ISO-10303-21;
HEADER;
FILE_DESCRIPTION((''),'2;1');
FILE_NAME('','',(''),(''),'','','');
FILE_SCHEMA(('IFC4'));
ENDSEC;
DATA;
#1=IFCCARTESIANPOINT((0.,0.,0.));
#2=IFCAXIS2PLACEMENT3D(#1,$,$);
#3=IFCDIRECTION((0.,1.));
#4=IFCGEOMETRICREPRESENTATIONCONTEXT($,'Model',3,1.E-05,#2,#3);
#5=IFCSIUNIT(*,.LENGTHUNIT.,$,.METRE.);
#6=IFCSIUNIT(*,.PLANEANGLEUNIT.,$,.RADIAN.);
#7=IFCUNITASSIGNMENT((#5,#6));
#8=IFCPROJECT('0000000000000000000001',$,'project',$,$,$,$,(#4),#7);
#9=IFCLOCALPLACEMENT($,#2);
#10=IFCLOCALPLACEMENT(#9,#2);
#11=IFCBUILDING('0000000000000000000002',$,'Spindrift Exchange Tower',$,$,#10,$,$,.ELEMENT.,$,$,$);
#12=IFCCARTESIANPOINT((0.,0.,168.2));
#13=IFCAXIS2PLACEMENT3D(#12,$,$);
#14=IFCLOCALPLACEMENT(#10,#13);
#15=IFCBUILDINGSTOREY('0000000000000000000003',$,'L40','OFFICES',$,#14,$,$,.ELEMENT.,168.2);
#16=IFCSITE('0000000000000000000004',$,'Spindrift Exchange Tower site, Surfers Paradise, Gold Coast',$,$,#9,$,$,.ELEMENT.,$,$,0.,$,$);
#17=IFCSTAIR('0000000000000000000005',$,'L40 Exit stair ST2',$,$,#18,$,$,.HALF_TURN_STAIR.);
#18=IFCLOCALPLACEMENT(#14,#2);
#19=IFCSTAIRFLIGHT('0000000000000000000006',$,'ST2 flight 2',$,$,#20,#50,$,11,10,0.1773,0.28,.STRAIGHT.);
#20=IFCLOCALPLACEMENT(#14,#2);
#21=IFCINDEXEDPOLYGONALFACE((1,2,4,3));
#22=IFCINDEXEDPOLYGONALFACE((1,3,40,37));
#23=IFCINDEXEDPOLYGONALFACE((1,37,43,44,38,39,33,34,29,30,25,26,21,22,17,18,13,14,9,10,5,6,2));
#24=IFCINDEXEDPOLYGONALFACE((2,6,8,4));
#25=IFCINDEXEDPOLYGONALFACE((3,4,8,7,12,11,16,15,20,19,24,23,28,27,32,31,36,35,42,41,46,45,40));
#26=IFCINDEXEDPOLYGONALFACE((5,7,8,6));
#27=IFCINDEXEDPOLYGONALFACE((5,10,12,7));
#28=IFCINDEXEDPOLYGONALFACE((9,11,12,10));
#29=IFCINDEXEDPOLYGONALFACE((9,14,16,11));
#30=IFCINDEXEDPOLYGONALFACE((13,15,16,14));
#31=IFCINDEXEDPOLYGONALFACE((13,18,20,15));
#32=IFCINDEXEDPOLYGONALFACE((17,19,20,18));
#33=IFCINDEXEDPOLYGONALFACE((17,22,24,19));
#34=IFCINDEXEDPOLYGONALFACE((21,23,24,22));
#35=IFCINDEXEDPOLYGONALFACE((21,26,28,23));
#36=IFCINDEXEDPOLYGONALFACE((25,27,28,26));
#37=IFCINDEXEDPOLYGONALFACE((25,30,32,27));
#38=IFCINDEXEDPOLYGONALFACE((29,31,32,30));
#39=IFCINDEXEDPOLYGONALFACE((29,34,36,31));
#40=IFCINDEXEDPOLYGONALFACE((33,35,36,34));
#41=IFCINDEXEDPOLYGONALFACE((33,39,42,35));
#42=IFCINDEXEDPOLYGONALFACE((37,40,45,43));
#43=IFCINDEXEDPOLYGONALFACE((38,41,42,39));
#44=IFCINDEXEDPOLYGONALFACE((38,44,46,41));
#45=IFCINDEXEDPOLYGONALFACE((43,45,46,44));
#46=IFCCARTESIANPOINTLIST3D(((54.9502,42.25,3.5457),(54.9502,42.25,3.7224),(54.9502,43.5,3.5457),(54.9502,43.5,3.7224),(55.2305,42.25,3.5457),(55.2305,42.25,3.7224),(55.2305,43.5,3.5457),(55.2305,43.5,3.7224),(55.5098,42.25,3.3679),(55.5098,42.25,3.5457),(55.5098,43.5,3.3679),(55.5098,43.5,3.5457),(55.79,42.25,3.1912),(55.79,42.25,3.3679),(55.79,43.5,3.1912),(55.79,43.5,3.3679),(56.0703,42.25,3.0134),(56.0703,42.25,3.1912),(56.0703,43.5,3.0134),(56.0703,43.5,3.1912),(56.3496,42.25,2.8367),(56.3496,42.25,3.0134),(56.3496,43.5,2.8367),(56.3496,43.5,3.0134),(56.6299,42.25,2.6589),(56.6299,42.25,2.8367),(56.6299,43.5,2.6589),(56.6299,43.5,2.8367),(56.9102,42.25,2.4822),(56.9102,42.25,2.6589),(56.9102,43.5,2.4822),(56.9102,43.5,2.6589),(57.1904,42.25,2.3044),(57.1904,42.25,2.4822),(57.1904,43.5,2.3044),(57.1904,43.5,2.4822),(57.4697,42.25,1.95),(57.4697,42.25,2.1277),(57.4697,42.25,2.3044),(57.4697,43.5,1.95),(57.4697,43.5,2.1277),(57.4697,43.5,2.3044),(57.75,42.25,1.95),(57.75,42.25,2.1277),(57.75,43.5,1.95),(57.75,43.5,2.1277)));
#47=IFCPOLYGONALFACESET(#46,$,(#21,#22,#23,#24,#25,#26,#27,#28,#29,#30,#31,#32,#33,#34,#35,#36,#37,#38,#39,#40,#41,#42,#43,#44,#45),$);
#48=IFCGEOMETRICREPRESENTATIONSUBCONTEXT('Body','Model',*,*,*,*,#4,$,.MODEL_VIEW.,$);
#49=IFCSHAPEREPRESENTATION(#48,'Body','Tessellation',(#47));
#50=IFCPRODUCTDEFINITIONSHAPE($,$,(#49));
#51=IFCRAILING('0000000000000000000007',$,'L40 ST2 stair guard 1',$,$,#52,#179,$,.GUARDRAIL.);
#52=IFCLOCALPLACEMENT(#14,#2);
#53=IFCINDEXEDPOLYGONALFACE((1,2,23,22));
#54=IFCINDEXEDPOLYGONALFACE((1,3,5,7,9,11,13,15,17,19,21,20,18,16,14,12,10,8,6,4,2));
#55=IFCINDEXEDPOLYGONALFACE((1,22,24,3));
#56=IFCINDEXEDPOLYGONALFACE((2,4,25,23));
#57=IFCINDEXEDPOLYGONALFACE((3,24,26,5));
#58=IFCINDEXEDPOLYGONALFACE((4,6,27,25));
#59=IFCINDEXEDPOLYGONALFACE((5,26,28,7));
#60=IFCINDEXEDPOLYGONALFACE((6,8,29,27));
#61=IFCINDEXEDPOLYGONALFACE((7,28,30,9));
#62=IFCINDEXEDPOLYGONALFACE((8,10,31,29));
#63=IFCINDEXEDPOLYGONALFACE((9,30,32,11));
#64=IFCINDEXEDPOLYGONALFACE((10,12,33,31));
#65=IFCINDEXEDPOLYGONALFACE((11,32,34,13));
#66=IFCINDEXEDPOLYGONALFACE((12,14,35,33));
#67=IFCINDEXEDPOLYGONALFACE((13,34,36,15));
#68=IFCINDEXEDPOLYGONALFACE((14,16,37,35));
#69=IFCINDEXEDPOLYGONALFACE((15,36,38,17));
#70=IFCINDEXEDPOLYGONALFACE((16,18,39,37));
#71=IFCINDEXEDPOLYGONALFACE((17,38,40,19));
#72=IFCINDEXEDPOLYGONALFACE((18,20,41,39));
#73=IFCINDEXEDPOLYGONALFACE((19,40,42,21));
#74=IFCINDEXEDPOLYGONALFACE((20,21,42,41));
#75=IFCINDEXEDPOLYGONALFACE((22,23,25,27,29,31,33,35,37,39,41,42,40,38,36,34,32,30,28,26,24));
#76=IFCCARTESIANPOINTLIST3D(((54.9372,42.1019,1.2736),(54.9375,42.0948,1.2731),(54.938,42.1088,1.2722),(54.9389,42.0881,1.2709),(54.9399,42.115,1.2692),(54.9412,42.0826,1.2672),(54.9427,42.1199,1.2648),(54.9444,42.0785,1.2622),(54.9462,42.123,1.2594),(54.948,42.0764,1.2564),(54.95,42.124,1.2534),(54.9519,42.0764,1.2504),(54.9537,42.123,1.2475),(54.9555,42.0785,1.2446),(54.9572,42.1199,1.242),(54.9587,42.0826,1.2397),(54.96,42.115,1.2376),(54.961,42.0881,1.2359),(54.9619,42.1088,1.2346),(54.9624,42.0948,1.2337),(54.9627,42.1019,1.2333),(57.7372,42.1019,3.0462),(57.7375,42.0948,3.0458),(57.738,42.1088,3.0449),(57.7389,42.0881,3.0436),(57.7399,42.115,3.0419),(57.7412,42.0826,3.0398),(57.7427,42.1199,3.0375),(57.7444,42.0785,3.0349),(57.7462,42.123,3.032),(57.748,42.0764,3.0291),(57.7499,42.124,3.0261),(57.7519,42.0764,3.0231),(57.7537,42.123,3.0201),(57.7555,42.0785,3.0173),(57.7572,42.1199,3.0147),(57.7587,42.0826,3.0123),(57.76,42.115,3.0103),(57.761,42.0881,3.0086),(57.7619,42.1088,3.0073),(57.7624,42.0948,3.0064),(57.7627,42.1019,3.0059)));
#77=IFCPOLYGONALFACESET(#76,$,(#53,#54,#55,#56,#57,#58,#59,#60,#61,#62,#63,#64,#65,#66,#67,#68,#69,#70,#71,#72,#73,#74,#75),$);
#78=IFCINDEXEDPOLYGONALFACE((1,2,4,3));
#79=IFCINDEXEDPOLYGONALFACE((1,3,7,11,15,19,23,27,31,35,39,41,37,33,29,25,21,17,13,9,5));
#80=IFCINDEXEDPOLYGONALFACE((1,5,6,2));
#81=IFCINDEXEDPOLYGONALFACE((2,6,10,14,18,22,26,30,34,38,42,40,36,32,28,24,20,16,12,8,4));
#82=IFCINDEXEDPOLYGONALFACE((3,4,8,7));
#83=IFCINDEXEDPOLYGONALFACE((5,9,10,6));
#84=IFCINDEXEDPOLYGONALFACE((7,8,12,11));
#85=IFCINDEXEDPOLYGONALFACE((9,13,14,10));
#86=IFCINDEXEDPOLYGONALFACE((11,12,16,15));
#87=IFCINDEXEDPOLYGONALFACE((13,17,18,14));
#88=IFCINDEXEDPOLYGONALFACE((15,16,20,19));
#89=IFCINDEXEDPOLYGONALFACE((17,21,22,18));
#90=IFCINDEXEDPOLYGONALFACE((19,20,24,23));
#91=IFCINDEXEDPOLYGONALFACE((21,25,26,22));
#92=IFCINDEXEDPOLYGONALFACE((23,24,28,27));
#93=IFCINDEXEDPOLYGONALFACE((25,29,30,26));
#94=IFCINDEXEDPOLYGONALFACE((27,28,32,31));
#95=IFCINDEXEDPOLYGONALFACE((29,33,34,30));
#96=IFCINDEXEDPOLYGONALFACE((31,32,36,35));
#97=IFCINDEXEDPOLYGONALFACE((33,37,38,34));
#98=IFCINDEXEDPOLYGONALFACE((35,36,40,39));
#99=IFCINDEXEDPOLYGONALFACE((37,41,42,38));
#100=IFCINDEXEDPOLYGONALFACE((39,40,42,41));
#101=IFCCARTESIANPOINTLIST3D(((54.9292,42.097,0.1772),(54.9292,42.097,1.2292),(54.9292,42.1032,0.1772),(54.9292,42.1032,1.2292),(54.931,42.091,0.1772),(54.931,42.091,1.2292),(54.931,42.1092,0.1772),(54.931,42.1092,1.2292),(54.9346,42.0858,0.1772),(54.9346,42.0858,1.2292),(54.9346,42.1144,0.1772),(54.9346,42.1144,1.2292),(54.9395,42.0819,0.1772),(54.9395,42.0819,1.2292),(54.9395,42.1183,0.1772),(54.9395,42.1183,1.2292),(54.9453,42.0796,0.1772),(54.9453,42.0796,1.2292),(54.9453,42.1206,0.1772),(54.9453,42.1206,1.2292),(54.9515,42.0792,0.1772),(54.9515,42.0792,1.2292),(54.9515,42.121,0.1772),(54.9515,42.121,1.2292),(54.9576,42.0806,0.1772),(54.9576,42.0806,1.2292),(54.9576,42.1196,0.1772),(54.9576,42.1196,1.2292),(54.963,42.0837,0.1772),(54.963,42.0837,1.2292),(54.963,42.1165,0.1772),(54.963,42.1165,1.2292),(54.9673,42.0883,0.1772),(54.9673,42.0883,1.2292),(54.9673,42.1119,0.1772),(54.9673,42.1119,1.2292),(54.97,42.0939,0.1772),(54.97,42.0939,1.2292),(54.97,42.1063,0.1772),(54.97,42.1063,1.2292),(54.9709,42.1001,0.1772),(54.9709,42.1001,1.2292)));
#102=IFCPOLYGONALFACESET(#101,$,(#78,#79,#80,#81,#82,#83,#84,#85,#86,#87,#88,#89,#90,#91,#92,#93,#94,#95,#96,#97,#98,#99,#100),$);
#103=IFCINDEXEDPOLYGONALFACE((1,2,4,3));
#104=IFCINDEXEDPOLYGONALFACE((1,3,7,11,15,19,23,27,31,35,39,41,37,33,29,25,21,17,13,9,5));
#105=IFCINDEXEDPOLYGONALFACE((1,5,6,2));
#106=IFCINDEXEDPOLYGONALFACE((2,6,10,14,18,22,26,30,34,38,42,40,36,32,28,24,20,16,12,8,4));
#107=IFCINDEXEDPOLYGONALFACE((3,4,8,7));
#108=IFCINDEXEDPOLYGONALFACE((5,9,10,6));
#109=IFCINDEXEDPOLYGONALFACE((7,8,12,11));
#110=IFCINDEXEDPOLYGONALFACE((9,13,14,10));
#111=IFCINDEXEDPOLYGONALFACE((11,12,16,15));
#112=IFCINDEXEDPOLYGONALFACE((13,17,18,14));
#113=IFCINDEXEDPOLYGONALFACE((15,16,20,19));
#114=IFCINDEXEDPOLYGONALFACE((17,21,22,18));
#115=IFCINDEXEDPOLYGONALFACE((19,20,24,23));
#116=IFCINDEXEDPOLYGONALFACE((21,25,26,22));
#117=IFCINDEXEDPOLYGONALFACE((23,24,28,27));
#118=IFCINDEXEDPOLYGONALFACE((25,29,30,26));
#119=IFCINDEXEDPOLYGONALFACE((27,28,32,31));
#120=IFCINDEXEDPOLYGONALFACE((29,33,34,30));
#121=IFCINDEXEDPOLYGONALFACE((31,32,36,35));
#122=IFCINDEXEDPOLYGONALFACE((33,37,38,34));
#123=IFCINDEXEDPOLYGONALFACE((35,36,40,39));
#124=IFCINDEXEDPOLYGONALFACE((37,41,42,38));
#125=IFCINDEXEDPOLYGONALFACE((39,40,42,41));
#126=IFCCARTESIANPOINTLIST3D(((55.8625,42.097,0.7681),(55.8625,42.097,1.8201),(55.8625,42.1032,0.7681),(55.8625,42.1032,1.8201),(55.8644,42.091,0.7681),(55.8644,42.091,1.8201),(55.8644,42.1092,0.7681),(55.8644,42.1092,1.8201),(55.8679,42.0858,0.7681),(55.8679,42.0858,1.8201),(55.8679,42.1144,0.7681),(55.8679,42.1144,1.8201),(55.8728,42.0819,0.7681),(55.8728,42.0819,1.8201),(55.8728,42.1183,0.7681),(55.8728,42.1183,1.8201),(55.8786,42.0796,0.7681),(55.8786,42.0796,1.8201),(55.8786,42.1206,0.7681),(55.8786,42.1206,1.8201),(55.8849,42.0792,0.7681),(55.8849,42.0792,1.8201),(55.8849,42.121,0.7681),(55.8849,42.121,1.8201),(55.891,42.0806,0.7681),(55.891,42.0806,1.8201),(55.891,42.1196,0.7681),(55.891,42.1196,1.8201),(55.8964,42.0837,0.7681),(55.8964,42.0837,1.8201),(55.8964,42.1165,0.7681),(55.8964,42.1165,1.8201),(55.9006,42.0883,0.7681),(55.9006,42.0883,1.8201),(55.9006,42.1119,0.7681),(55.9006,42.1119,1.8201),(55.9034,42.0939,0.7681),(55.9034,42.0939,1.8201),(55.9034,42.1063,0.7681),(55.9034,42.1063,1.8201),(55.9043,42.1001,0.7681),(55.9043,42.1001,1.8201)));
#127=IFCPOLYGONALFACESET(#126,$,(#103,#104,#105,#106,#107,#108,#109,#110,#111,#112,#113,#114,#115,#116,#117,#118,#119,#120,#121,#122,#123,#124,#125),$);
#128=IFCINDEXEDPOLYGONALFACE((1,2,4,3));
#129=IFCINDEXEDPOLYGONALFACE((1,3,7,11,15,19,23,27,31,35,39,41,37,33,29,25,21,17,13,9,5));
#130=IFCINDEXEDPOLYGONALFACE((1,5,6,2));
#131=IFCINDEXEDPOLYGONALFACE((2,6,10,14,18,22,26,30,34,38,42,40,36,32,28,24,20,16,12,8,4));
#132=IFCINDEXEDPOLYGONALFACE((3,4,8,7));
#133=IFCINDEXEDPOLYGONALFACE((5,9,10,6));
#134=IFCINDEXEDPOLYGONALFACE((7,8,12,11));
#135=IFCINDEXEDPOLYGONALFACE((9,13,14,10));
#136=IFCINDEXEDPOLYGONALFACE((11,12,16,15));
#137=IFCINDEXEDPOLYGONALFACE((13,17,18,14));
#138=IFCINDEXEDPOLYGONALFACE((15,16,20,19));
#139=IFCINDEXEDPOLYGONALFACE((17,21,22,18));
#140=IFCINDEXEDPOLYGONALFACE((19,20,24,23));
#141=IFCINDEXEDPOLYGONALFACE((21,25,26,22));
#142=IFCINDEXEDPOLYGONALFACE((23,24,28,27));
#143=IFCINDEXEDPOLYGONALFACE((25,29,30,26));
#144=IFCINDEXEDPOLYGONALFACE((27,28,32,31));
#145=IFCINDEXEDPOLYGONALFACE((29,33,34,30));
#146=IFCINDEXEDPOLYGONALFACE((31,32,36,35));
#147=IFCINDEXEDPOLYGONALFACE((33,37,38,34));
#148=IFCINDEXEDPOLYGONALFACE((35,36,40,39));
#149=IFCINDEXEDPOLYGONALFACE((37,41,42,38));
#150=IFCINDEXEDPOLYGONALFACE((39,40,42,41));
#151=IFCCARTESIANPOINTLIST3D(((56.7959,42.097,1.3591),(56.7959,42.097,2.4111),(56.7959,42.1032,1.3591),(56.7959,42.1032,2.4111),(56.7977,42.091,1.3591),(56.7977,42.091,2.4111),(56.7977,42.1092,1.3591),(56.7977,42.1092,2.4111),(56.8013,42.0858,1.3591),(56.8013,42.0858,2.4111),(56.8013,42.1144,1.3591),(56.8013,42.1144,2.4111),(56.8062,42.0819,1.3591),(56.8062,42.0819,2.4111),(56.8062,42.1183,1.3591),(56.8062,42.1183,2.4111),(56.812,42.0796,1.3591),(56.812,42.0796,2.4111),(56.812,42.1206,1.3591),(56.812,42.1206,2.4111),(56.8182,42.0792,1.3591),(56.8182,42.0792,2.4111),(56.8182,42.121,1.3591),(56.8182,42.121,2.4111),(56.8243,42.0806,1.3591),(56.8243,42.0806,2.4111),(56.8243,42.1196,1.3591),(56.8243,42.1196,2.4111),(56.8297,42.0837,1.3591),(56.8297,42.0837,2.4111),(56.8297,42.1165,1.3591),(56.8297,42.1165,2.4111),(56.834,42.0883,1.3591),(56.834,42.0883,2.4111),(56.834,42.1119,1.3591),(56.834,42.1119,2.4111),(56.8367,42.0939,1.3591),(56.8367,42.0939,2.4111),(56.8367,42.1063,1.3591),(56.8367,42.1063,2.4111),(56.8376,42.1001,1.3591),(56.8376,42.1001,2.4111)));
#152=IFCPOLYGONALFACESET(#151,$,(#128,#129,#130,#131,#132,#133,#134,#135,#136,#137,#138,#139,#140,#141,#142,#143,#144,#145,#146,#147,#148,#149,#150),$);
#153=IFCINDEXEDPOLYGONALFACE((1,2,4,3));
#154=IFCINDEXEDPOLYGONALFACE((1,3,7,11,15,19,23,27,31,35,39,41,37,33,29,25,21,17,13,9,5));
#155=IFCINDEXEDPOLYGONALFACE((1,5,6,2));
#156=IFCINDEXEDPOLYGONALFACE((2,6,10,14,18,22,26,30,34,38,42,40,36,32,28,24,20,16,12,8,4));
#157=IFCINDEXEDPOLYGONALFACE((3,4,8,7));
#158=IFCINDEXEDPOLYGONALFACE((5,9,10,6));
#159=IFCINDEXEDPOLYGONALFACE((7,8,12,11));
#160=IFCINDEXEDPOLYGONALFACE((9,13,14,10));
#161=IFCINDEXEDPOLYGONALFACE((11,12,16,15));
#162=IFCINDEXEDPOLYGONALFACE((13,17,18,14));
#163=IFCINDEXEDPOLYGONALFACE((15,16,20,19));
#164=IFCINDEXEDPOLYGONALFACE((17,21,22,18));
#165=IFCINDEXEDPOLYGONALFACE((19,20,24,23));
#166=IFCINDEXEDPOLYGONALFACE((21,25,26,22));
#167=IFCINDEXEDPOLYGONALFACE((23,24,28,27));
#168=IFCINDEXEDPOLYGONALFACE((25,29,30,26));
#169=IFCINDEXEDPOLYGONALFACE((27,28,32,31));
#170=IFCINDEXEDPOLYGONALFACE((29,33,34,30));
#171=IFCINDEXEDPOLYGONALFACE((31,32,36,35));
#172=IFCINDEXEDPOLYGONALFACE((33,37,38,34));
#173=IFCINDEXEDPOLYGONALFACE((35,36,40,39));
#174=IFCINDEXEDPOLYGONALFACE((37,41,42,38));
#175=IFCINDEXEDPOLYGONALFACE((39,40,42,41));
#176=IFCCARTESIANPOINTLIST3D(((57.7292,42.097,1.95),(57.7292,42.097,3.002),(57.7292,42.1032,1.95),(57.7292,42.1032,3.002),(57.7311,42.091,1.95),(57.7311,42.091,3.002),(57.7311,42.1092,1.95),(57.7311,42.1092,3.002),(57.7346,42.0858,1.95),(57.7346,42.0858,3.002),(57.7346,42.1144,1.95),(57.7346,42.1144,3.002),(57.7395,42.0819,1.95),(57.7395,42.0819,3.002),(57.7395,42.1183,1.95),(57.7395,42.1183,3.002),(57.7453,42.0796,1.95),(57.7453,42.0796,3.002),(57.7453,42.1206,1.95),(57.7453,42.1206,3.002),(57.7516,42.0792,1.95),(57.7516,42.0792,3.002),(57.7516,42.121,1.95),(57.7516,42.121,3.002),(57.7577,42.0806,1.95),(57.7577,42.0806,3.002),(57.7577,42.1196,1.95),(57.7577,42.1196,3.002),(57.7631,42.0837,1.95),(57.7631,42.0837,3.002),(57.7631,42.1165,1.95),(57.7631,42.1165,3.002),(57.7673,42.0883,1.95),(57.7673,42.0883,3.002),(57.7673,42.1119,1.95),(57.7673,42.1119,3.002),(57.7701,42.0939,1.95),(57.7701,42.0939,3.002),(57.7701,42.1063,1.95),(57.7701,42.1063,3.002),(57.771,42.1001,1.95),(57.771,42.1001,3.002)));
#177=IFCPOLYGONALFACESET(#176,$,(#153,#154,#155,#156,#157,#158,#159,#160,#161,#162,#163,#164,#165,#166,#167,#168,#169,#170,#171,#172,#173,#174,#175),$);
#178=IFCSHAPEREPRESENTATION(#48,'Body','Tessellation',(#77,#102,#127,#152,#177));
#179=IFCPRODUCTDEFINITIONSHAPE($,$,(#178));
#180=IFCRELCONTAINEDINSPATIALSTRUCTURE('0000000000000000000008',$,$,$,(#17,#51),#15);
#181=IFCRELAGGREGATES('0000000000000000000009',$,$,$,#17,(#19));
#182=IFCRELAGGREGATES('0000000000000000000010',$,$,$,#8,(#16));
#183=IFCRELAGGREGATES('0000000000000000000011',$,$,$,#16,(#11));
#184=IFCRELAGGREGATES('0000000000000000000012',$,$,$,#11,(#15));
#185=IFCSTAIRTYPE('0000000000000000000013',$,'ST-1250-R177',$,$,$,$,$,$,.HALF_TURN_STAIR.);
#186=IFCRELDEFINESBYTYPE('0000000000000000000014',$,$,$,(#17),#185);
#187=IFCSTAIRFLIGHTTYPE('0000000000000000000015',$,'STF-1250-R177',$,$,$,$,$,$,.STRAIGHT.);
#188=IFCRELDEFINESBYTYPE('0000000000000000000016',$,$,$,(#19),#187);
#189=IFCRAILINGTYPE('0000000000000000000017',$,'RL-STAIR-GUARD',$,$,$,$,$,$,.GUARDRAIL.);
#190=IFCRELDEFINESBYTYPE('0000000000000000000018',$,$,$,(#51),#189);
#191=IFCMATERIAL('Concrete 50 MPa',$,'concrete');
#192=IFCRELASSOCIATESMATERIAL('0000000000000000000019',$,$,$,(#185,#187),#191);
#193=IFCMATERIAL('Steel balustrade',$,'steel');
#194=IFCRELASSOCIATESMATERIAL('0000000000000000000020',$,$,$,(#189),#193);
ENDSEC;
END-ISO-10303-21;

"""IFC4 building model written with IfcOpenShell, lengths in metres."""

from ifc_helpers import new_model, si_unit, direction, frame, origin, origin_2d, place, context, subcontext, project, spatial, line, indexed_curve, circle, outline, extrude, material, type_object, element, aggregate, save


model = new_model("IFC4")

# Units and contexts
model_context = context("Model", 3, precision=1e-05, world=origin(), true_north=direction((0.0, 1.0)))
body_context = subcontext(model_context, "Body", "Model", "MODEL_VIEW")
ifc_project = project(units=[si_unit("LENGTHUNIT", "METRE"), si_unit("PLANEANGLEUNIT", "RADIAN")], contexts=[model_context])

# Site, building, storey
site_placement = place(None, origin())
site = spatial("IfcSite", under=ifc_project, at=site_placement, Name="Spindrift Exchange Tower site, Surfers Paradise, Gold Coast", CompositionType="ELEMENT", RefElevation=0.0)
building_placement = place(site_placement, origin())
building = spatial("IfcBuilding", under=site, at=building_placement, Name="Spindrift Exchange Tower", CompositionType="ELEMENT")
storey_placement = place(building_placement, frame((0.0, 0.0, 168.2)))
storey = spatial("IfcBuildingStorey", under=building, at=storey_placement, Name="L40", Description="OFFICES", CompositionType="ELEMENT", Elevation=168.2)

# Stair, stair flight
ifc_material_1 = material(Name="Concrete 50 MPa", Category="concrete")
stair_type = type_object("IfcStairType", Name="ST-1250-R177", PredefinedType="HALF_TURN_STAIR", material=ifc_material_1)
stair_placement = place(storey_placement, origin())
stair = element("IfcStair", 1, at=stair_placement, inside=storey, type_object=stair_type, Name="L40 Exit stair ST2", PredefinedType="HALF_TURN_STAIR")
stair_flight_type = type_object("IfcStairFlightType", Name="STF-1250-R177", PredefinedType="STRAIGHT", material=ifc_material_1)
stair_flight_1_placement = place(storey_placement, frame((57.75, 42.875, 1.95), z_axis=(0.0, 0.0, 1.0), x_axis=(-1.0, 0.0, 0.0)))
stair_flight_1 = element("IfcStairFlight", 2, at=stair_flight_1_placement, type_object=stair_flight_type, Name="ST2 flight 2", NumberOfRisers=11, NumberOfTreads=10, PredefinedType="STRAIGHT", RiserHeight=0.1773, TreadLength=0.28, context=body_context, shape_type="SweptSolid", body=[
    extrude(outline(indexed_curve([(0.0, 0.0), (0.0, 0.1777), (0.2803, 0.1777), (0.2803, 0.3545), (0.5596, 0.3545), (0.5596, 0.5322), (0.8398, 0.5322), (0.8398, 0.709), (1.1201, 0.709), (1.1201, 0.8867), (1.4004, 0.8867), (1.4004, 1.0635), (1.6797, 1.0635), (1.6797, 1.2412), (1.96, 1.2412), (1.96, 1.418), (2.2402, 1.418), (2.2402, 1.5957), (2.5195, 1.5957), (2.5195, 1.7725), (2.7998, 1.7725), (2.7998, 1.9502), (2.7998, 1.5957), (0.2803, 0.0)], segments=[line(1, 2, 3, 4, 5, 6, 7, 8, 9, 10, 11, 12, 13, 14, 15, 16, 17, 18, 19, 20, 21, 22, 23, 24, 1)], self_intersect=False)), frame((0.0, 0.625, 0.0), z_axis=(0.0, -1.0, 0.0), x_axis=(1.0, 0.0, 0.0)), (0.0, 0.0, 1.0), 1.25),
])
aggregate(stair, [stair_flight_1])

# Railing
ifc_material_2 = material(Name="Steel balustrade", Category="steel")
railing_type_1 = type_object("IfcRailingType", Name="RL-STAIR-GUARD", PredefinedType="GUARDRAIL", material=ifc_material_2)
railing_1_placement = place(storey_placement, frame((54.95, 42.1001, 0.1772)))
element("IfcRailing", 3, at=railing_1_placement, inside=storey, type_object=railing_type_1, Name="L40 ST2 stair guard 1", PredefinedType="GUARDRAIL", context=body_context, shape_type="SweptSolid", body=[
    extrude(circle(Radius=0.0239, at=origin_2d()), frame((0.0, 0.0, 1.0762), z_axis=(0.844909, 0.0, 0.53491), x_axis=(0.0, 1.0, 0.0)), (0.0, 0.0, 1.0), 3.314),
    extrude(circle(Radius=0.021, at=origin_2d()), origin(), (0.0, 0.0, 1.0), 1.052),
    extrude(circle(Radius=0.021, at=origin_2d()), frame((0.9333, 0.0, 0.5908)), (0.0, 0.0, 1.0), 1.052),
    extrude(circle(Radius=0.021, at=origin_2d()), frame((1.8667, 0.0, 1.1819)), (0.0, 0.0, 1.0), 1.052),
    extrude(circle(Radius=0.021, at=origin_2d()), frame((2.8, 0.0, 1.7727)), (0.0, 0.0, 1.0), 1.052),
])

save(model, "model.ifc")
